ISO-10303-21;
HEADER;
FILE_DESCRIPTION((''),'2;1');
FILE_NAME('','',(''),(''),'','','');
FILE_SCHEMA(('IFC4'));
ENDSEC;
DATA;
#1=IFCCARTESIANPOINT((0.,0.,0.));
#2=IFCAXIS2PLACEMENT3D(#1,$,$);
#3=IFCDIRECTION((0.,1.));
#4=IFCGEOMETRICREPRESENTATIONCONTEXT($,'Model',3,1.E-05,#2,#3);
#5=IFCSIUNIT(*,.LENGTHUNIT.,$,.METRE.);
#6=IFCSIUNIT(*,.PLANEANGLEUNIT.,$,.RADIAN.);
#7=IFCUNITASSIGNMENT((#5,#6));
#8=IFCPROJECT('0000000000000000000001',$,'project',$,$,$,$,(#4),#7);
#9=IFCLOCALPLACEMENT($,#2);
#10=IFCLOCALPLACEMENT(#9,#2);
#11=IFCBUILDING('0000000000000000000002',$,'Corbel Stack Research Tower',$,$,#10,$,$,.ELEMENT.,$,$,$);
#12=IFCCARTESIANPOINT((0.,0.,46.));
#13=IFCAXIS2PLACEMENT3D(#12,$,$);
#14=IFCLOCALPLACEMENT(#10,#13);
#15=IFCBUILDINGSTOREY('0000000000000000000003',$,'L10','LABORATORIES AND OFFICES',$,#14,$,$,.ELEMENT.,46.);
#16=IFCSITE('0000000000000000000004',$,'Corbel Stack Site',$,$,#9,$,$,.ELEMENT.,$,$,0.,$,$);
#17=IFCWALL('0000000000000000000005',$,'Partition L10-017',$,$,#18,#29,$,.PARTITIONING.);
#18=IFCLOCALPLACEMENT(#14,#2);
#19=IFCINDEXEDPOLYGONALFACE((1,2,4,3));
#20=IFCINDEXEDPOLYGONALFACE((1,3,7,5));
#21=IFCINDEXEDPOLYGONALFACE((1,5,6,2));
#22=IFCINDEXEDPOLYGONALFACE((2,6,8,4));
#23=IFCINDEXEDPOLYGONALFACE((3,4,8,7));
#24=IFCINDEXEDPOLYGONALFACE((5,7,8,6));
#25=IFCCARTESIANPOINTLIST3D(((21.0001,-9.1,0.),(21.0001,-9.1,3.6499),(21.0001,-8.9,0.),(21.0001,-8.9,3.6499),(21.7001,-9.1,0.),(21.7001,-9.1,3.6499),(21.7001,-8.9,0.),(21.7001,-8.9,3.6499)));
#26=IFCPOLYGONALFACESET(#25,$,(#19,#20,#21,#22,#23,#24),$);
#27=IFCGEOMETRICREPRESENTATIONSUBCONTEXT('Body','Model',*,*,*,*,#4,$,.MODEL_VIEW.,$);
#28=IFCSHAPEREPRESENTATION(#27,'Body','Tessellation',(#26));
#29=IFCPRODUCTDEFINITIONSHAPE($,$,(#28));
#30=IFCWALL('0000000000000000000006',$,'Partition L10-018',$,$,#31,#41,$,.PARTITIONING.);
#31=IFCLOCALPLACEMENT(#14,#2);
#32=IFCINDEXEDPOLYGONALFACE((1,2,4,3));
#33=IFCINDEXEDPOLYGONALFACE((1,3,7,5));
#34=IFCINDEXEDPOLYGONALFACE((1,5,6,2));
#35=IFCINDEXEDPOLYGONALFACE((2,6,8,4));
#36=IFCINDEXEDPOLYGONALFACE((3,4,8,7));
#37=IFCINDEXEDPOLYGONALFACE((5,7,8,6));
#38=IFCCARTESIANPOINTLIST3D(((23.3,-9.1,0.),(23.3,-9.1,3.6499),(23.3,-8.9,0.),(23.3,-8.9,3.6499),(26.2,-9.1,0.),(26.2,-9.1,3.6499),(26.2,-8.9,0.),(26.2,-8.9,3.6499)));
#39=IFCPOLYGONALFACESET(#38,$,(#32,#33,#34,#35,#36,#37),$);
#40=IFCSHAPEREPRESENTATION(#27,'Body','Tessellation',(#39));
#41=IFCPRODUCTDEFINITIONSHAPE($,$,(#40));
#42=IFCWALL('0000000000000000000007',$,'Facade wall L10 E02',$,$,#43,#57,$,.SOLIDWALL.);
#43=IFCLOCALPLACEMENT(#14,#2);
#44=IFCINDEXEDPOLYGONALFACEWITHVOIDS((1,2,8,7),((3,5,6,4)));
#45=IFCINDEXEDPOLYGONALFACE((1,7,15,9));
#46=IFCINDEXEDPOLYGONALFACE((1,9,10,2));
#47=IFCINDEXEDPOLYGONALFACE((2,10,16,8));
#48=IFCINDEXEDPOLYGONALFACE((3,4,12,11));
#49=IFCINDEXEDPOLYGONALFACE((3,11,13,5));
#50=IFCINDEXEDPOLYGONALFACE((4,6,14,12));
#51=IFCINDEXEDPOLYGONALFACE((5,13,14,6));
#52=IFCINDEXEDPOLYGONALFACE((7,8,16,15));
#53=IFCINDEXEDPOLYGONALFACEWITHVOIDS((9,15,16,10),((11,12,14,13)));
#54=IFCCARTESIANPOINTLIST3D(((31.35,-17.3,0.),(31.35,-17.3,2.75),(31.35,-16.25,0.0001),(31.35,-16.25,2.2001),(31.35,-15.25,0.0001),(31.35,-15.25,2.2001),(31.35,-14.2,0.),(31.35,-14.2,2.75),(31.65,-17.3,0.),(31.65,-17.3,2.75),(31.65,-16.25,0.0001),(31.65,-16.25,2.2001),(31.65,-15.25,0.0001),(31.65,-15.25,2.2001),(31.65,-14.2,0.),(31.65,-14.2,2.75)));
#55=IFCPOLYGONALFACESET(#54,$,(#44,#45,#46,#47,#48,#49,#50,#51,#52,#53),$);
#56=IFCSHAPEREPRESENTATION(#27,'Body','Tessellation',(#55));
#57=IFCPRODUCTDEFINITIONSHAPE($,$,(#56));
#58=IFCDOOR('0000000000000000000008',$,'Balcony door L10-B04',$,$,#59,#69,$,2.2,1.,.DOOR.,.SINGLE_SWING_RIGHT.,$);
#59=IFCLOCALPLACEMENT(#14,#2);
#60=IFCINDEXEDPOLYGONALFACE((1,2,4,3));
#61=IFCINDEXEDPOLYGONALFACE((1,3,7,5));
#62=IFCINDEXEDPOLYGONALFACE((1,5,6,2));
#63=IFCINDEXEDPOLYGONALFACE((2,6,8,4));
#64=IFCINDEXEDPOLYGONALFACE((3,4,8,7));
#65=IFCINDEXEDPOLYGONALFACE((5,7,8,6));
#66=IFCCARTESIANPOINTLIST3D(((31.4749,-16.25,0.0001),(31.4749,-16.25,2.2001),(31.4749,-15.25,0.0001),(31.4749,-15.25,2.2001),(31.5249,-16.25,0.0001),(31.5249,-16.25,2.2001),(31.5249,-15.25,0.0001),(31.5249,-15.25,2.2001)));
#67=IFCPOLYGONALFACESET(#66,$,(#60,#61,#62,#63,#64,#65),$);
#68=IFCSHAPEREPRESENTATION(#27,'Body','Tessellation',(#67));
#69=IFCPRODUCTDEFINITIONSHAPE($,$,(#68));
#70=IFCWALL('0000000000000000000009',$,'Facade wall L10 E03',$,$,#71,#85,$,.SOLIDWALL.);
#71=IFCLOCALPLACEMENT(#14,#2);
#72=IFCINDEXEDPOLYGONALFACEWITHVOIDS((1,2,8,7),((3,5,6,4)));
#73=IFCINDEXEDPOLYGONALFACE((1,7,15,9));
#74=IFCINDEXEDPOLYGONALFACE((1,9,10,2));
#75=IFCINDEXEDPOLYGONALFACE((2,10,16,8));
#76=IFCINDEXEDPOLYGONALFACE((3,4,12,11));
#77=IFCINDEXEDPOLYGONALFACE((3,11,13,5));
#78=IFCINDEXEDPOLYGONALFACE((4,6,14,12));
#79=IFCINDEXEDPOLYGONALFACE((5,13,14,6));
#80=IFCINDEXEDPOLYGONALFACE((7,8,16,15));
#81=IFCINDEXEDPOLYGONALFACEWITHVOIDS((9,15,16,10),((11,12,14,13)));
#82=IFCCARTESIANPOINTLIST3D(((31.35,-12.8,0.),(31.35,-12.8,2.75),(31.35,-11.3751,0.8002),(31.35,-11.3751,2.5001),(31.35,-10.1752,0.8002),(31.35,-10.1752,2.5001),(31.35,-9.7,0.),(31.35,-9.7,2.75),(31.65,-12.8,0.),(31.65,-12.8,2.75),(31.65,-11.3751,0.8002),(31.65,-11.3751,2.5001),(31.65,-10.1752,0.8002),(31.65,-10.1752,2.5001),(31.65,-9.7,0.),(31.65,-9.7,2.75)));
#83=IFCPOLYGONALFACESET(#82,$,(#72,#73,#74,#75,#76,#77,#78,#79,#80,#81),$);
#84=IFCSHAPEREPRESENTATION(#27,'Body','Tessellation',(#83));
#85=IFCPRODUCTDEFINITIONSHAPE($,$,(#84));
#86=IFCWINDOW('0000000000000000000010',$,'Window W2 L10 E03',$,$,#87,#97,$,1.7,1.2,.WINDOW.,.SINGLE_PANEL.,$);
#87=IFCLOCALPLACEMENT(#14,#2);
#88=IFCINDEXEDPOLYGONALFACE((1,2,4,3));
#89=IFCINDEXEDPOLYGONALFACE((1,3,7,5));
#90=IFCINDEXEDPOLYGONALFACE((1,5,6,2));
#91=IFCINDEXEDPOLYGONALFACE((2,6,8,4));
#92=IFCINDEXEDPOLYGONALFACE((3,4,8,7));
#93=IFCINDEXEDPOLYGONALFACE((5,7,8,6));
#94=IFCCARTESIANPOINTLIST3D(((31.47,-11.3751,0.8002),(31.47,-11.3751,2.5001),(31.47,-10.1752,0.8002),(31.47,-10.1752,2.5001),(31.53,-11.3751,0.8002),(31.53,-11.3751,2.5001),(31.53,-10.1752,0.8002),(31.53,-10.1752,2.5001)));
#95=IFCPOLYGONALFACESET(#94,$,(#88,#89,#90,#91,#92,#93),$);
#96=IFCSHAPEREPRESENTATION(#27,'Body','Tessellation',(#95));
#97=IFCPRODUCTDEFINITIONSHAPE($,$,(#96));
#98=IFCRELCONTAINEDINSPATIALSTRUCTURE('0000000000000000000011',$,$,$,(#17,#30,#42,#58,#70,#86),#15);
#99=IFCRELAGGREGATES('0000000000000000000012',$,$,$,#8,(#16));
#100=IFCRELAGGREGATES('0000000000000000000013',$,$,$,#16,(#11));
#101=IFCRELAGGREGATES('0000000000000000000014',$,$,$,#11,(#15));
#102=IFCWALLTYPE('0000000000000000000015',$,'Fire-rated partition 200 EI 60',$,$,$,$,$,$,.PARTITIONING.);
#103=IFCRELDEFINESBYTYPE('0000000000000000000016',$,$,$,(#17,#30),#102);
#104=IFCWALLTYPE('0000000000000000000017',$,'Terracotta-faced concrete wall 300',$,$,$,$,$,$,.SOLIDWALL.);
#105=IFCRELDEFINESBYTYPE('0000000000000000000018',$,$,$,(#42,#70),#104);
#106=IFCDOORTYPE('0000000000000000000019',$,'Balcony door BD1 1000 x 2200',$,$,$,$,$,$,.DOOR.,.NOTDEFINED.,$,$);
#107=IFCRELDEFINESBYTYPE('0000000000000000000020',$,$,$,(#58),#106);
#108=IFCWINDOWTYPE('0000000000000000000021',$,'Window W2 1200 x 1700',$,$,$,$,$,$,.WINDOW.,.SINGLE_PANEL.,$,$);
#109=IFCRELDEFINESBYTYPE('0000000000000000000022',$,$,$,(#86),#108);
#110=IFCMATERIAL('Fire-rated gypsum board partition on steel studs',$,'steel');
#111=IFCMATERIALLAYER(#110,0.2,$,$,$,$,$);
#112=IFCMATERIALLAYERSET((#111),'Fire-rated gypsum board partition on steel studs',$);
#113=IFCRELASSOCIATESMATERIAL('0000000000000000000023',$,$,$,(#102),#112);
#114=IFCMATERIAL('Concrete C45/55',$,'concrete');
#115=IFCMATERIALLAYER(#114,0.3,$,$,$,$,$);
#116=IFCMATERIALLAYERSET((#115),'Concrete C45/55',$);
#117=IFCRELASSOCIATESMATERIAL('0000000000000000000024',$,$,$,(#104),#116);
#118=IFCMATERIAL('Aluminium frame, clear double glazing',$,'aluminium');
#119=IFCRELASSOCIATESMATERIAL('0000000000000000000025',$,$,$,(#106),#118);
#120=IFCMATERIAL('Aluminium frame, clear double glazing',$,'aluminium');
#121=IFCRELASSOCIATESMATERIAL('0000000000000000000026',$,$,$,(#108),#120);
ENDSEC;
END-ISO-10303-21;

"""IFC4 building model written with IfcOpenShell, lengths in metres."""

from ifc_helpers import new_model, si_unit, direction, frame, frame_2d, origin, place, context, subcontext, project, spatial, rectangle, extrude, material, layer, layer_set, type_object, element, fill, save


model = new_model("IFC4")

# Units and contexts
model_context = context("Model", 3, precision=1e-05, world=origin(), true_north=direction((0.0, 1.0)))
body_context = subcontext(model_context, "Body", "Model", "MODEL_VIEW")
ifc_project = project(units=[si_unit("LENGTHUNIT", "METRE"), si_unit("PLANEANGLEUNIT", "RADIAN")], contexts=[model_context])

# Site, building, storey
site_placement = place(None, origin())
site = spatial("IfcSite", under=ifc_project, at=site_placement, Name="Corbel Stack Site", CompositionType="ELEMENT", RefElevation=0.0)
building_placement = place(site_placement, origin())
building = spatial("IfcBuilding", under=site, at=building_placement, Name="Corbel Stack Research Tower", CompositionType="ELEMENT")
storey_placement = place(building_placement, frame((0.0, 0.0, 46.0)))
storey = spatial("IfcBuildingStorey", under=building, at=storey_placement, Name="L10", Description="LABORATORIES AND OFFICES", CompositionType="ELEMENT", Elevation=46.0)

# Shared definitions
ifc_material_1 = material(Name="Fire-rated gypsum board partition on steel studs", Category="steel")
ifc_layer_1 = layer(ifc_material_1, 0.2)
ifc_layer_set_1 = layer_set([ifc_layer_1], Name="Fire-rated gypsum board partition on steel studs")
wall_type_1 = type_object("IfcWallType", Name="Fire-rated partition 200 EI 60", PredefinedType="PARTITIONING", material=ifc_layer_set_1)

# Walls
wall_1_placement = place(storey_placement, frame((21.0, -9.0, 0.0), z_axis=(0.0, 0.0, 1.0), x_axis=(1.0, 0.0, 0.0)))
element("IfcWall", 1, at=wall_1_placement, inside=storey, type_object=wall_type_1, Name="Partition L10-017", PredefinedType="PARTITIONING", context=body_context, shape_type="SweptSolid", body=[
    extrude(rectangle(XDim=0.7, YDim=0.2, at=frame_2d((0.3501, 0.0))), origin(), (0.0, 0.0, 1.0), 3.6499),
])
wall_2_placement = place(storey_placement, frame((23.3, -9.0, 0.0), z_axis=(0.0, 0.0, 1.0), x_axis=(1.0, 0.0, 0.0)))
element("IfcWall", 2, at=wall_2_placement, inside=storey, type_object=wall_type_1, Name="Partition L10-018", PredefinedType="PARTITIONING", context=body_context, shape_type="SweptSolid", body=[
    extrude(rectangle(XDim=2.8999, YDim=0.2, at=frame_2d((1.45, 0.0))), origin(), (0.0, 0.0, 1.0), 3.6499),
])

# Wall, opening, door
ifc_material_2 = material(Name="Concrete C45/55", Category="concrete")
ifc_layer_2 = layer(ifc_material_2, 0.3)
ifc_layer_set_2 = layer_set([ifc_layer_2], Name="Concrete C45/55")
wall_type_2 = type_object("IfcWallType", Name="Terracotta-faced concrete wall 300", PredefinedType="SOLIDWALL", material=ifc_layer_set_2)
wall_3_placement = place(storey_placement, frame((31.5, -14.2, 0.0), z_axis=(0.0, 0.0, 1.0), x_axis=(0.0, -1.0, 0.0)))
wall_3 = element("IfcWall", 3, at=wall_3_placement, inside=storey, type_object=wall_type_2, Name="Facade wall L10 E02", PredefinedType="SOLIDWALL", context=body_context, shape_type="SweptSolid", body=[
    extrude(rectangle(XDim=3.1001, YDim=0.3, at=frame_2d((1.55, 0.0))), origin(), (0.0, 0.0, 1.0), 2.75),
])
opening_1_placement = place(wall_3_placement, frame((1.05, 0.0, 0.0)))
opening_1 = element("IfcOpeningElement", 4, at=opening_1_placement, cuts=wall_3, PredefinedType="OPENING", context=body_context, shape_type="SweptSolid", body=[
    extrude(rectangle(XDim=1.0, YDim=2.2, at=frame_2d((0.5, 1.1001))), frame((0.0, 0.1599, 0.0), z_axis=(0.0, -1.0, 0.0), x_axis=(1.0, 0.0, 0.0)), (0.0, 0.0, 1.0), 0.3201),
])
ifc_material_3 = material(Name="Aluminium frame, clear double glazing", Category="aluminium")
door_type_1 = type_object("IfcDoorType", Name="Balcony door BD1 1000 x 2200", OperationType="NOTDEFINED", PredefinedType="DOOR", material=ifc_material_3)
door_1_placement = place(opening_1_placement, origin())
door_1 = element("IfcDoor", 5, at=door_1_placement, inside=storey, type_object=door_type_1, Name="Balcony door L10-B04", OperationType="SINGLE_SWING_RIGHT", OverallHeight=2.2, OverallWidth=1.0, PredefinedType="DOOR", context=body_context, shape_type="SweptSolid", body=[
    extrude(rectangle(XDim=1.0, YDim=2.2, at=frame_2d((0.5, 1.1001))), frame((0.0, 0.0249, 0.0), z_axis=(0.0, -1.0, 0.0), x_axis=(1.0, 0.0, 0.0)), (0.0, 0.0, 1.0), 0.05),
])
fill(opening_1, door_1)

# Wall, opening, window
wall_4_placement = place(storey_placement, frame((31.5, -9.7, 0.0), z_axis=(0.0, 0.0, 1.0), x_axis=(0.0, -1.0, 0.0)))
wall_4 = element("IfcWall", 6, at=wall_4_placement, inside=storey, type_object=wall_type_2, Name="Facade wall L10 E03", PredefinedType="SOLIDWALL", context=body_context, shape_type="SweptSolid", body=[
    extrude(rectangle(XDim=3.1001, YDim=0.3, at=frame_2d((1.55, 0.0))), origin(), (0.0, 0.0, 1.0), 2.75),
])
opening_2_placement = place(wall_4_placement, frame((0.4751, 0.0, 0.8)))
opening_2 = element("IfcOpeningElement", 7, at=opening_2_placement, cuts=wall_4, PredefinedType="OPENING", context=body_context, shape_type="SweptSolid", body=[
    extrude(rectangle(XDim=1.2, YDim=1.7, at=frame_2d((0.6001, 0.8501))), frame((0.0, 0.1599, 0.0), z_axis=(0.0, -1.0, 0.0), x_axis=(1.0, 0.0, 0.0)), (0.0, 0.0, 1.0), 0.3201),
])
ifc_material_4 = material(Name="Aluminium frame, clear double glazing", Category="aluminium")
window_type = type_object("IfcWindowType", Name="Window W2 1200 x 1700", PartitioningType="SINGLE_PANEL", PredefinedType="WINDOW", material=ifc_material_4)
window_placement = place(opening_2_placement, origin())
window = element("IfcWindow", 8, at=window_placement, inside=storey, type_object=window_type, Name="Window W2 L10 E03", OverallHeight=1.7, OverallWidth=1.2, PartitioningType="SINGLE_PANEL", PredefinedType="WINDOW", context=body_context, shape_type="SweptSolid", body=[
    extrude(rectangle(XDim=1.2, YDim=1.7, at=frame_2d((0.6001, 0.8501))), frame((0.0, 0.03, 0.0), z_axis=(0.0, -1.0, 0.0), x_axis=(1.0, 0.0, 0.0)), (0.0, 0.0, 1.0), 0.0601),
])
fill(opening_2, window)

save(model, "model.ifc")
